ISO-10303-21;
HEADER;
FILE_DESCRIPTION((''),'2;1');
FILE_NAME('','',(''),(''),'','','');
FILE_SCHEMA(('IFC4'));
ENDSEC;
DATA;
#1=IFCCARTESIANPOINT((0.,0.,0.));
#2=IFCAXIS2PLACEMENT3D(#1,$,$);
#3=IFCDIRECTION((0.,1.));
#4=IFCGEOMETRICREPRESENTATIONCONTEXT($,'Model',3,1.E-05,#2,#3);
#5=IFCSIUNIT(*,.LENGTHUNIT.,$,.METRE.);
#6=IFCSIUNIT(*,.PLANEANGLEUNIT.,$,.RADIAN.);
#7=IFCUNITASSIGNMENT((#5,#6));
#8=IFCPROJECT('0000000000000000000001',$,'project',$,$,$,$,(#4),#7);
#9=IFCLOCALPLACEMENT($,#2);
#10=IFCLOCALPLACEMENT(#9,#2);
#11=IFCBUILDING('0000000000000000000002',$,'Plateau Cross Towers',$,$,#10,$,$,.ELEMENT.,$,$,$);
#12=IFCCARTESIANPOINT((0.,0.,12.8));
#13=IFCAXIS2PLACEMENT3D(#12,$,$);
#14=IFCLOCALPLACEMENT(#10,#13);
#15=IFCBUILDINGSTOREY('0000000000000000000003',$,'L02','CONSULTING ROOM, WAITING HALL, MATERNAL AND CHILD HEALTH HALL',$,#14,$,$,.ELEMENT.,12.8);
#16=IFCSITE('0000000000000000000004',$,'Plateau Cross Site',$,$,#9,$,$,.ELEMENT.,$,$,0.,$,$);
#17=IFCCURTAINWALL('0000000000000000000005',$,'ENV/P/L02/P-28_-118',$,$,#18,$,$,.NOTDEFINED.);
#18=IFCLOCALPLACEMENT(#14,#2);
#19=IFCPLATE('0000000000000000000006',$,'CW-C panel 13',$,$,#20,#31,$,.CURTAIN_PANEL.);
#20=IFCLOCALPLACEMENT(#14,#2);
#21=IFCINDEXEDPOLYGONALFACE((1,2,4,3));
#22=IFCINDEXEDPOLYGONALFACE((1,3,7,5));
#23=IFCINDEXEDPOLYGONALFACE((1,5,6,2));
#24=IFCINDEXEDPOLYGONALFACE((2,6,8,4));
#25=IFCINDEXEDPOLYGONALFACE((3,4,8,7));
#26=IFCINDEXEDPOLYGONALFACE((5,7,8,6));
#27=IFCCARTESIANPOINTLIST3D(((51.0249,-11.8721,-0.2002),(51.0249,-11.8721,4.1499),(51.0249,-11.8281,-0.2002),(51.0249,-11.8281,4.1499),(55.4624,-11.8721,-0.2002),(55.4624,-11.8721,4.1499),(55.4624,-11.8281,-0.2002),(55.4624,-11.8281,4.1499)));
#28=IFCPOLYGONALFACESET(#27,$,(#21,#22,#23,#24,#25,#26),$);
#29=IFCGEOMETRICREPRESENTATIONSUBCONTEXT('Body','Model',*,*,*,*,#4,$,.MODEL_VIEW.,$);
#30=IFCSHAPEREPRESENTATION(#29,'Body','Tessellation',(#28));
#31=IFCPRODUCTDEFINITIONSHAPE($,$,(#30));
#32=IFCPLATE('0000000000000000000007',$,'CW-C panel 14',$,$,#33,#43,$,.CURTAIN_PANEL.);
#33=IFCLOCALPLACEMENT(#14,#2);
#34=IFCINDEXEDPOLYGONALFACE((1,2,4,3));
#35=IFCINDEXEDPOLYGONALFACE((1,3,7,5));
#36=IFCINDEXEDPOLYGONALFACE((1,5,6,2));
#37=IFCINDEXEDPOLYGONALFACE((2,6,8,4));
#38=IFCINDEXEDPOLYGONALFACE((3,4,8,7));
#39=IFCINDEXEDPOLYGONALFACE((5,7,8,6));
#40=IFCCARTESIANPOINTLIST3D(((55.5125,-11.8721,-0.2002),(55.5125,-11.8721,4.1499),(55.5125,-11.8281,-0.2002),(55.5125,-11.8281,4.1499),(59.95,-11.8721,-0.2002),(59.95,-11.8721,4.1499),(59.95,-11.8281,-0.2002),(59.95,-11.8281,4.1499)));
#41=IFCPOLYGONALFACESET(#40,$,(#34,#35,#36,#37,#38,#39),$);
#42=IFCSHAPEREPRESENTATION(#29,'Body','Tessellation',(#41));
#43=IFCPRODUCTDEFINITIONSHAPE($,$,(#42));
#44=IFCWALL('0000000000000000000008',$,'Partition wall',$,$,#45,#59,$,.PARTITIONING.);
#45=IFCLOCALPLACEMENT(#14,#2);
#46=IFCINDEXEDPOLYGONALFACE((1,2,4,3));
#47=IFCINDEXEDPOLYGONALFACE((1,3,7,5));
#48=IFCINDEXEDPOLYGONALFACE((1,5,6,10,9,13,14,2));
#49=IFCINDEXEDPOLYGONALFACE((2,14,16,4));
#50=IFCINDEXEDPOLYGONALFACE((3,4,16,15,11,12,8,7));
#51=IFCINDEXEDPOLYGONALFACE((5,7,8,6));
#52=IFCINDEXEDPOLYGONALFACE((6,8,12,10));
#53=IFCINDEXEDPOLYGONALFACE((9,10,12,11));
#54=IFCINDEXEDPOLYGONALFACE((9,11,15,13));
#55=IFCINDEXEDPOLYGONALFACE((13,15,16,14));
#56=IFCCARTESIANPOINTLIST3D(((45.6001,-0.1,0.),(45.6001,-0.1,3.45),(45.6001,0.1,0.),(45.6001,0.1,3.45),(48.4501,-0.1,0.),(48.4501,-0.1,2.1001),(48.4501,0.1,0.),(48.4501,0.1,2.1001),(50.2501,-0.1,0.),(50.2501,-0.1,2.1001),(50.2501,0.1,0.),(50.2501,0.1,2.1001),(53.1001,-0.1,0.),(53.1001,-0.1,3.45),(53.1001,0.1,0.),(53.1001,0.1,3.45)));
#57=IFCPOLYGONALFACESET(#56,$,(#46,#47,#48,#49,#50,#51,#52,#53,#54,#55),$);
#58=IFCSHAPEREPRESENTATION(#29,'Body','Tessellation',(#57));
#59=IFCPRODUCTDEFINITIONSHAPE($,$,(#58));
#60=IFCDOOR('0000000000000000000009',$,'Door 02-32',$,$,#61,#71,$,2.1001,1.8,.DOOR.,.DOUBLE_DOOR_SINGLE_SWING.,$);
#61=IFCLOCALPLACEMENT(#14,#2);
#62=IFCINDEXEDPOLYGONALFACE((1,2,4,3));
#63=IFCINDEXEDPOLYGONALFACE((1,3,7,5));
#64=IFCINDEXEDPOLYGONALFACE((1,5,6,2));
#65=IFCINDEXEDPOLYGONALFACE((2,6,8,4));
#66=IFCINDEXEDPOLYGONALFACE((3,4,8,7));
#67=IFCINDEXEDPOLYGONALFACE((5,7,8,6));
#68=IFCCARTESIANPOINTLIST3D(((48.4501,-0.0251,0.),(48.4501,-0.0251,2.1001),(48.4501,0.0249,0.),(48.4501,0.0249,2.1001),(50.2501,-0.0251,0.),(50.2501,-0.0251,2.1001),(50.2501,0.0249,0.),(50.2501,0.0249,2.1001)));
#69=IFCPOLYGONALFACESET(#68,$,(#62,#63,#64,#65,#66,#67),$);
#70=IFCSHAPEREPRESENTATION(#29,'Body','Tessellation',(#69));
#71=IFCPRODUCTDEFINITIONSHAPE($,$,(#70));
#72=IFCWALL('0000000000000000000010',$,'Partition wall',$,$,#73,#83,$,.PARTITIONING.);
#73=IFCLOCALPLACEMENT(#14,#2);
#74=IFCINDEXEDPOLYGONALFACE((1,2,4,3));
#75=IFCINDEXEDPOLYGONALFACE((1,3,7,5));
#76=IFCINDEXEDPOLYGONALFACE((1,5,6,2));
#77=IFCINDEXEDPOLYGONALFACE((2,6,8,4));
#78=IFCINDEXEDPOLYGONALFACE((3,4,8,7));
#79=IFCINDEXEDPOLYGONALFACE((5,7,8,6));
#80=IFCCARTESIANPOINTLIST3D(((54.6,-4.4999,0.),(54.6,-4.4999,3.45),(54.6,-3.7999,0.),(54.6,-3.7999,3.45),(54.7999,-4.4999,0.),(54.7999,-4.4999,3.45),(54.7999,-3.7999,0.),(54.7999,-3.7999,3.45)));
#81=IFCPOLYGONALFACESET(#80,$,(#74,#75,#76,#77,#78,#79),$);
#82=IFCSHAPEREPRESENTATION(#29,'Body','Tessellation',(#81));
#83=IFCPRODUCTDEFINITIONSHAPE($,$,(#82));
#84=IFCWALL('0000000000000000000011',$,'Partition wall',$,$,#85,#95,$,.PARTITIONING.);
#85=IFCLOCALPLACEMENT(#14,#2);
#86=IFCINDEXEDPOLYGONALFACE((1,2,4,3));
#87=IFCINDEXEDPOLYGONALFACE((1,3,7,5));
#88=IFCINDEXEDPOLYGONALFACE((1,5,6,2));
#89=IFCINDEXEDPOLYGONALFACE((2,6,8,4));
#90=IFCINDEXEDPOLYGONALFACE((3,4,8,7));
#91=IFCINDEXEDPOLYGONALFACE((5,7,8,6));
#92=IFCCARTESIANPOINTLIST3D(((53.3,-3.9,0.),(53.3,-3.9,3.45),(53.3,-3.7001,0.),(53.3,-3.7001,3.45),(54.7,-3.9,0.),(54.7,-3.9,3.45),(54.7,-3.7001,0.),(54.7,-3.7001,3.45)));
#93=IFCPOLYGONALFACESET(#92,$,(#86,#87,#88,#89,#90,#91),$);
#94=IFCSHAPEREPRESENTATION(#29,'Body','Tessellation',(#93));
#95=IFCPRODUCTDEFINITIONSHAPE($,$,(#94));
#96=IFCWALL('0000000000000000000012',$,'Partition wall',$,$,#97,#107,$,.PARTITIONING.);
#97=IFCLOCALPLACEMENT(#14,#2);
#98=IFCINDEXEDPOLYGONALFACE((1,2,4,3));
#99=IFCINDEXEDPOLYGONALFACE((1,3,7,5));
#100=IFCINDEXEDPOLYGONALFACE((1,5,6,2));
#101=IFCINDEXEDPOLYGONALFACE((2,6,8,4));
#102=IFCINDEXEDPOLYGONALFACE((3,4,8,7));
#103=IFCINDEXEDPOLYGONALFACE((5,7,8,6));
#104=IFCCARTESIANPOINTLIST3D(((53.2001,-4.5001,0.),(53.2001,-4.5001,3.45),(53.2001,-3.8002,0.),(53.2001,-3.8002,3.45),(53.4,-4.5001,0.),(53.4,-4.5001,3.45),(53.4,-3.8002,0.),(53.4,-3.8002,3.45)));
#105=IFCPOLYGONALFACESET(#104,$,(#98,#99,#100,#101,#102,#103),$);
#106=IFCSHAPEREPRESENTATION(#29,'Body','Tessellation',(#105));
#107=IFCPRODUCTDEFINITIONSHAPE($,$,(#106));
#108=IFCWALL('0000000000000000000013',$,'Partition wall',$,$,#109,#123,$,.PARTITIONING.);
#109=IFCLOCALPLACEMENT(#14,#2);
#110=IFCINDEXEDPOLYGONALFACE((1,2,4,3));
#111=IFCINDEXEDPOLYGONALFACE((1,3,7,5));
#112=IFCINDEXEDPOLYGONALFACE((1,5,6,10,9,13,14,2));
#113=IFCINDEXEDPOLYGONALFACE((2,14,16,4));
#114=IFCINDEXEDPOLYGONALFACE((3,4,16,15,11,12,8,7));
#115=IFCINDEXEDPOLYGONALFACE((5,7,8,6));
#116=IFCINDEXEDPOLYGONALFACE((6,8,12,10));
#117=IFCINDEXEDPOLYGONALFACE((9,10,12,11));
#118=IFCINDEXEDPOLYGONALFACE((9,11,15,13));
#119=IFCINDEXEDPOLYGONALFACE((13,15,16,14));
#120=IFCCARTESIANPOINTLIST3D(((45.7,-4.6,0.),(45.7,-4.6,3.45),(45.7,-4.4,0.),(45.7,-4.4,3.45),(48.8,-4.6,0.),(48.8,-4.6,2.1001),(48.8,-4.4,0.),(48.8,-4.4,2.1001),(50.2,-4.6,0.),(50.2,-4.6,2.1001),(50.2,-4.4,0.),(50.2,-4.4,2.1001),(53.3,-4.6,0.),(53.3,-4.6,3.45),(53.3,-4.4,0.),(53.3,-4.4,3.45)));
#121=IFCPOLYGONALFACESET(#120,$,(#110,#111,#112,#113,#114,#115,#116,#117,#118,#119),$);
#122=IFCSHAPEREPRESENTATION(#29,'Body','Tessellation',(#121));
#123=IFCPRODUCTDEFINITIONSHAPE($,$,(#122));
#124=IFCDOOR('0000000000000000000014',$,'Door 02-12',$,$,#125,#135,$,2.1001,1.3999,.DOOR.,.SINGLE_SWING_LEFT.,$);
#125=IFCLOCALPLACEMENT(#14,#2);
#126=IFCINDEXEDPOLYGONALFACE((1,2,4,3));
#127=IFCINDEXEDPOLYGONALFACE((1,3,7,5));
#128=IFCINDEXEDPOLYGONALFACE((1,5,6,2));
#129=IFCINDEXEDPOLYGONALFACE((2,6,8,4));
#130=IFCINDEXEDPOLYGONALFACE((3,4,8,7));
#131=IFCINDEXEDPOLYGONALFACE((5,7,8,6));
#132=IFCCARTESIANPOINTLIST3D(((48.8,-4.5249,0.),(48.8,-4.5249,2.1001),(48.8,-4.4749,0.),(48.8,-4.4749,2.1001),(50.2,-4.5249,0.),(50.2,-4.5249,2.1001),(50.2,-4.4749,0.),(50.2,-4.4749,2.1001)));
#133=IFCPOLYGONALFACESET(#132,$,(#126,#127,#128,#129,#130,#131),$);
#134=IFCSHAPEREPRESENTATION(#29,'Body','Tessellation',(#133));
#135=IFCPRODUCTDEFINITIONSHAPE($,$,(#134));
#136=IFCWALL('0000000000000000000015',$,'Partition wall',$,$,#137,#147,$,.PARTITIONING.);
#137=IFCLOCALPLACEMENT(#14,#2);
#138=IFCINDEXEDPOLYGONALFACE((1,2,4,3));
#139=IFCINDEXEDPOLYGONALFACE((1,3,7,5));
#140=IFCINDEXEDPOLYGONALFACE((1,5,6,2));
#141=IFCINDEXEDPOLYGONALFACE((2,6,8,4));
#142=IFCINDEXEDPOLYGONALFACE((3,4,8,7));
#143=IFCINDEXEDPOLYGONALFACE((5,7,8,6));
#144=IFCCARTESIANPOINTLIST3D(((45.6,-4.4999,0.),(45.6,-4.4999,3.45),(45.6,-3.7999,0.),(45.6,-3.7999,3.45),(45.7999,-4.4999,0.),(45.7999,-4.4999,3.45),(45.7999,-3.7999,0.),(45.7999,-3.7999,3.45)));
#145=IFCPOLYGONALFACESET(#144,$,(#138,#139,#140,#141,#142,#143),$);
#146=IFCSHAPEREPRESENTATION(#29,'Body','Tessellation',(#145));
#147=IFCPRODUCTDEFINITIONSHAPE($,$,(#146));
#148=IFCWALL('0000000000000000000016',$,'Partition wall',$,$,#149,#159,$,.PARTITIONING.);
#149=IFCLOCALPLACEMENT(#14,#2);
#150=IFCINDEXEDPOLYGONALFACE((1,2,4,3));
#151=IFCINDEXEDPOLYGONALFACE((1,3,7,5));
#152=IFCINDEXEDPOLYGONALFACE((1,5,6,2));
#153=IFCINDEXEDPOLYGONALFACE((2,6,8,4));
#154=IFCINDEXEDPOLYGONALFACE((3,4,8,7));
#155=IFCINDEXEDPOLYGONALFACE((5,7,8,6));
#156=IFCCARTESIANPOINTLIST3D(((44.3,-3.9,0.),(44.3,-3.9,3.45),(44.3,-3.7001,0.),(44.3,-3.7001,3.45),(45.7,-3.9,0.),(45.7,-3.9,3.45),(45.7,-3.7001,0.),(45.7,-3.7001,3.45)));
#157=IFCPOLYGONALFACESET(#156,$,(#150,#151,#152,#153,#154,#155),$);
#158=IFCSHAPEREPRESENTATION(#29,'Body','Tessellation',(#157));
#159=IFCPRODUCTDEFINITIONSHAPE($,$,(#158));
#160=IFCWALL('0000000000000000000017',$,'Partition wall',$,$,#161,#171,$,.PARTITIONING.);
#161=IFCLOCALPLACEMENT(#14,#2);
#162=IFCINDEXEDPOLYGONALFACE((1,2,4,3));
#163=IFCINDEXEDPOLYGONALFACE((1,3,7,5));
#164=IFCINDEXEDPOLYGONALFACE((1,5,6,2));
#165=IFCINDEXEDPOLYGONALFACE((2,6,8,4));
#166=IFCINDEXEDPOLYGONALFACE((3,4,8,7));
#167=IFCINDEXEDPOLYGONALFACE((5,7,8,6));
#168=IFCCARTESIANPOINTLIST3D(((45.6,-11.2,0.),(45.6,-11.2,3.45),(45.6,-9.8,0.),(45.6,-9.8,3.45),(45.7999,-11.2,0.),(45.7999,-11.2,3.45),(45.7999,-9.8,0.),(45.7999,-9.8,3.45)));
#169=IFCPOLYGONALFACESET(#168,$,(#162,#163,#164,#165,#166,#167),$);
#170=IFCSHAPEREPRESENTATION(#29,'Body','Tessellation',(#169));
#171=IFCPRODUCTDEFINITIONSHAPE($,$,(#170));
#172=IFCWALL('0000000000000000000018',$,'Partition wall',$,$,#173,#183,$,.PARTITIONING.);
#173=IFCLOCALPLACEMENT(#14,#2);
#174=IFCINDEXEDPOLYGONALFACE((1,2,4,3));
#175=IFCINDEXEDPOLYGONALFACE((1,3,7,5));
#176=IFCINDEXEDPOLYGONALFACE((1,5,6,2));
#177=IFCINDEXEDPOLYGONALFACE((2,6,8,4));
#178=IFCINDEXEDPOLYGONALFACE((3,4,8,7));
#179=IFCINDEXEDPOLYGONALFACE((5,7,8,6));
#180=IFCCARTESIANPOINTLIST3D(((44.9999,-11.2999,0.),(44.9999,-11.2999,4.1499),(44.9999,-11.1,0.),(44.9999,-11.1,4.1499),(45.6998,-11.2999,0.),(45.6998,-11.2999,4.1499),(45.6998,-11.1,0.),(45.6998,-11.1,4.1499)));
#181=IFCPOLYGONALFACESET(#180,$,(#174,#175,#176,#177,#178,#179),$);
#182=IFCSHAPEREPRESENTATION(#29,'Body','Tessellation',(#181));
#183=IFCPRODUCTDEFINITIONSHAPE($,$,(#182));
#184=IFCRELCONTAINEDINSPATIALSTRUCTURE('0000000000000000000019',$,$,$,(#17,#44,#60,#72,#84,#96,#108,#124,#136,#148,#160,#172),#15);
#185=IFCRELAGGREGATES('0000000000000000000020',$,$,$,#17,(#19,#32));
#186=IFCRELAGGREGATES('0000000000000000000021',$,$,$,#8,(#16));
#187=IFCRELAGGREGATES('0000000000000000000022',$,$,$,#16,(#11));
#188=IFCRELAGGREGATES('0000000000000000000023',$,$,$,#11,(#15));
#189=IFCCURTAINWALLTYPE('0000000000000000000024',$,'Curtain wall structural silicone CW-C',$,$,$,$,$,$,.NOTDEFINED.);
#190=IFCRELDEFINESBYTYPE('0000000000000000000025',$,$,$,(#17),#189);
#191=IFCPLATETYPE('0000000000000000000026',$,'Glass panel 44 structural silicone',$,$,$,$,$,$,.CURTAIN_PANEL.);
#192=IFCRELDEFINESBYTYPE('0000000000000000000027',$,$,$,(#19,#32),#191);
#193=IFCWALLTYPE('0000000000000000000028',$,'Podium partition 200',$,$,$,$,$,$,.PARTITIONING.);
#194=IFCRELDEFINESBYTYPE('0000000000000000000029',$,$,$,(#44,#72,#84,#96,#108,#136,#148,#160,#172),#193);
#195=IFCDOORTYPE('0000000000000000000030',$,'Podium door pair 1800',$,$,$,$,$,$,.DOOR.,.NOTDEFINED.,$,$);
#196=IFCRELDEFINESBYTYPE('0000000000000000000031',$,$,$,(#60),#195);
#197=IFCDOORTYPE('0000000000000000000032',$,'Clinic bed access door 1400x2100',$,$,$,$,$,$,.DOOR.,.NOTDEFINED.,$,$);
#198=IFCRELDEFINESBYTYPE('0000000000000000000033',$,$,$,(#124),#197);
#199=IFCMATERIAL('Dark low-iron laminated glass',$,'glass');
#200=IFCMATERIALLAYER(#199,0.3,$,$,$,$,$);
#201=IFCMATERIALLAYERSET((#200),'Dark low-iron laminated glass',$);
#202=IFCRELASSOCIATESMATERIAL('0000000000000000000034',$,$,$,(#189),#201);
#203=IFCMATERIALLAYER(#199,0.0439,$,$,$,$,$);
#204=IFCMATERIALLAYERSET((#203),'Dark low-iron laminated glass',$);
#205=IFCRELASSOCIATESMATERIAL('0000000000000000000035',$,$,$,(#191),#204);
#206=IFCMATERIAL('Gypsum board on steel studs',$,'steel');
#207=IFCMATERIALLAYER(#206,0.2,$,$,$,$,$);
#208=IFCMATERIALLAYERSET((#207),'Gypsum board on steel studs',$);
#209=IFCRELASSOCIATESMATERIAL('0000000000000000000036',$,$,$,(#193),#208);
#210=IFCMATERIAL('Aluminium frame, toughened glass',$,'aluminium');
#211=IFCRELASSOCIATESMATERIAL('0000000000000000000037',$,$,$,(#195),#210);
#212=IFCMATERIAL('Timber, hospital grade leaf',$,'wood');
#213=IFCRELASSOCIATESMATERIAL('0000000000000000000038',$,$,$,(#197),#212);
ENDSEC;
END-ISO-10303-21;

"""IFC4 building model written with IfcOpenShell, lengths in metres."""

from ifc_helpers import new_model, si_unit, direction, frame, frame_2d, origin, origin_2d, place, context, subcontext, project, spatial, rectangle, extrude, material, layer, layer_set, type_object, element, fill, aggregate, save


model = new_model("IFC4")

# Units and contexts
model_context = context("Model", 3, precision=1e-05, world=origin(), true_north=direction((0.0, 1.0)))
body_context = subcontext(model_context, "Body", "Model", "MODEL_VIEW")
ifc_project = project(units=[si_unit("LENGTHUNIT", "METRE"), si_unit("PLANEANGLEUNIT", "RADIAN")], contexts=[model_context])

# Site, building, storey
site_placement = place(None, origin())
site = spatial("IfcSite", under=ifc_project, at=site_placement, Name="Plateau Cross Site", CompositionType="ELEMENT", RefElevation=0.0)
building_placement = place(site_placement, origin())
building = spatial("IfcBuilding", under=site, at=building_placement, Name="Plateau Cross Towers", CompositionType="ELEMENT")
storey_placement = place(building_placement, frame((0.0, 0.0, 12.8)))
storey = spatial("IfcBuildingStorey", under=building, at=storey_placement, Name="L02", Description="CONSULTING ROOM, WAITING HALL, MATERNAL AND CHILD HEALTH HALL", CompositionType="ELEMENT", Elevation=12.8)

# Curtain wall
ifc_material_1 = material(Name="Dark low-iron laminated glass", Category="glass")
ifc_layer_1 = layer(ifc_material_1, 0.3)
ifc_layer_set_1 = layer_set([ifc_layer_1], Name="Dark low-iron laminated glass")
curtain_wall_type = type_object("IfcCurtainWallType", Name="Curtain wall structural silicone CW-C", PredefinedType="NOTDEFINED", material=ifc_layer_set_1)
curtain_wall_placement = place(storey_placement, origin())
curtain_wall = element("IfcCurtainWall", 1, at=curtain_wall_placement, inside=storey, type_object=curtain_wall_type, Name="ENV/P/L02/P-28_-118", PredefinedType="NOTDEFINED")

# Plates
ifc_layer_2 = layer(ifc_material_1, 0.0439)
ifc_layer_set_2 = layer_set([ifc_layer_2], Name="Dark low-iron laminated glass")
plate_type = type_object("IfcPlateType", Name="Glass panel 44 structural silicone", PredefinedType="CURTAIN_PANEL", material=ifc_layer_set_2)
plate_1_placement = place(storey_placement, frame((53.2437, -11.8501, -0.2002), z_axis=(0.0, 0.0, 1.0), x_axis=(1.0, 0.0, 0.0)))
plate_1 = element("IfcPlate", 2, at=plate_1_placement, type_object=plate_type, Name="CW-C panel 13", PredefinedType="CURTAIN_PANEL", context=body_context, shape_type="SweptSolid", body=[
    extrude(rectangle(XDim=4.4375, YDim=0.0439, at=origin_2d()), origin(), (0.0, 0.0, 1.0), 4.3501),
])
plate_2_placement = place(storey_placement, frame((57.7312, -11.8501, -0.2002), z_axis=(0.0, 0.0, 1.0), x_axis=(1.0, 0.0, 0.0)))
plate_2 = element("IfcPlate", 3, at=plate_2_placement, type_object=plate_type, Name="CW-C panel 14", PredefinedType="CURTAIN_PANEL", context=body_context, shape_type="SweptSolid", body=[
    extrude(rectangle(XDim=4.4375, YDim=0.0439, at=origin_2d()), origin(), (0.0, 0.0, 1.0), 4.3501),
])
aggregate(curtain_wall, [plate_1, plate_2])

# Wall, opening, door
ifc_material_2 = material(Name="Gypsum board on steel studs", Category="steel")
ifc_layer_3 = layer(ifc_material_2, 0.2)
ifc_layer_set_3 = layer_set([ifc_layer_3], Name="Gypsum board on steel studs")
wall_type = type_object("IfcWallType", Name="Podium partition 200", PredefinedType="PARTITIONING", material=ifc_layer_set_3)
wall_1_placement = place(storey_placement, frame((45.6001, 0.0, 0.0), z_axis=(0.0, 0.0, 1.0), x_axis=(1.0, 0.0, 0.0)))
wall_1 = element("IfcWall", 4, at=wall_1_placement, inside=storey, type_object=wall_type, Name="Partition wall", PredefinedType="PARTITIONING", context=body_context, shape_type="SweptSolid", body=[
    extrude(rectangle(XDim=7.5, YDim=0.2, at=frame_2d((3.75, 0.0))), origin(), (0.0, 0.0, 1.0), 3.45),
])
opening_1_placement = place(wall_1_placement, frame((2.8501, 0.0, 0.0)))
opening_1 = element("IfcOpeningElement", 5, at=opening_1_placement, cuts=wall_1, PredefinedType="OPENING", context=body_context, shape_type="SweptSolid", body=[
    extrude(rectangle(XDim=1.8, YDim=2.1001, at=frame_2d((0.8999, 1.05))), frame((0.0, 0.1099, 0.0), z_axis=(0.0, -1.0, 0.0), x_axis=(1.0, 0.0, 0.0)), (0.0, 0.0, 1.0), 0.22),
])
ifc_material_3 = material(Name="Aluminium frame, toughened glass", Category="aluminium")
door_type_1 = type_object("IfcDoorType", Name="Podium door pair 1800", OperationType="NOTDEFINED", PredefinedType="DOOR", material=ifc_material_3)
door_1_placement = place(opening_1_placement, origin())
door_1 = element("IfcDoor", 6, at=door_1_placement, inside=storey, type_object=door_type_1, Name="Door 02-32", OperationType="DOUBLE_DOOR_SINGLE_SWING", OverallHeight=2.1001, OverallWidth=1.8, PredefinedType="DOOR", context=body_context, shape_type="SweptSolid", body=[
    extrude(rectangle(XDim=1.8, YDim=2.1001, at=frame_2d((0.8999, 1.05))), frame((0.0, 0.0249, 0.0), z_axis=(0.0, -1.0, 0.0), x_axis=(1.0, 0.0, 0.0)), (0.0, 0.0, 1.0), 0.05),
])
fill(opening_1, door_1)

# Walls
wall_2_placement = place(storey_placement, frame((54.7, -4.5, 0.0), z_axis=(0.0, 0.0, 1.0), x_axis=(0.0, 1.0, 0.0)))
element("IfcWall", 7, at=wall_2_placement, inside=storey, type_object=wall_type, Name="Partition wall", PredefinedType="PARTITIONING", context=body_context, shape_type="SweptSolid", body=[
    extrude(rectangle(XDim=0.7, YDim=0.2, at=frame_2d((0.3501, 0.0))), origin(), (0.0, 0.0, 1.0), 3.45),
])
wall_3_placement = place(storey_placement, frame((54.7, -3.8, 0.0), z_axis=(0.0, 0.0, 1.0), x_axis=(-1.0, 0.0, 0.0)))
element("IfcWall", 8, at=wall_3_placement, inside=storey, type_object=wall_type, Name="Partition wall", PredefinedType="PARTITIONING", context=body_context, shape_type="SweptSolid", body=[
    extrude(rectangle(XDim=1.3999, YDim=0.2, at=frame_2d((0.7, 0.0))), origin(), (0.0, 0.0, 1.0), 3.45),
])
wall_4_placement = place(storey_placement, frame((53.3, -3.8, 0.0), z_axis=(0.0, 0.0, 1.0), x_axis=(0.0, -1.0, 0.0)))
element("IfcWall", 9, at=wall_4_placement, inside=storey, type_object=wall_type, Name="Partition wall", PredefinedType="PARTITIONING", context=body_context, shape_type="SweptSolid", body=[
    extrude(rectangle(XDim=0.7, YDim=0.2, at=frame_2d((0.3501, 0.0))), origin(), (0.0, 0.0, 1.0), 3.45),
])

# Wall, opening, door
wall_5_placement = place(storey_placement, frame((53.3, -4.5, 0.0), z_axis=(0.0, 0.0, 1.0), x_axis=(-1.0, 0.0, 0.0)))
wall_5 = element("IfcWall", 10, at=wall_5_placement, inside=storey, type_object=wall_type, Name="Partition wall", PredefinedType="PARTITIONING", context=body_context, shape_type="SweptSolid", body=[
    extrude(rectangle(XDim=7.6001, YDim=0.2, at=frame_2d((3.8, 0.0))), origin(), (0.0, 0.0, 1.0), 3.45),
])
opening_2_placement = place(wall_5_placement, frame((3.1001, 0.0, 0.0)))
opening_2 = element("IfcOpeningElement", 11, at=opening_2_placement, cuts=wall_5, PredefinedType="OPENING", context=body_context, shape_type="SweptSolid", body=[
    extrude(rectangle(XDim=1.3999, YDim=2.1001, at=frame_2d((0.7, 1.05))), frame((0.0, 0.1099, 0.0), z_axis=(0.0, -1.0, 0.0), x_axis=(1.0, 0.0, 0.0)), (0.0, 0.0, 1.0), 0.22),
])
ifc_material_4 = material(Name="Timber, hospital grade leaf", Category="wood")
door_type_2 = type_object("IfcDoorType", Name="Clinic bed access door 1400x2100", OperationType="NOTDEFINED", PredefinedType="DOOR", material=ifc_material_4)
door_2_placement = place(opening_2_placement, origin())
door_2 = element("IfcDoor", 12, at=door_2_placement, inside=storey, type_object=door_type_2, Name="Door 02-12", OperationType="SINGLE_SWING_LEFT", OverallHeight=2.1001, OverallWidth=1.3999, PredefinedType="DOOR", context=body_context, shape_type="SweptSolid", body=[
    extrude(rectangle(XDim=1.3999, YDim=2.1001, at=frame_2d((0.7, 1.05))), frame((0.0, 0.0249, 0.0), z_axis=(0.0, -1.0, 0.0), x_axis=(1.0, 0.0, 0.0)), (0.0, 0.0, 1.0), 0.05),
])
fill(opening_2, door_2)

# Walls
wall_6_placement = place(storey_placement, frame((45.7, -4.5, 0.0), z_axis=(0.0, 0.0, 1.0), x_axis=(0.0, 1.0, 0.0)))
element("IfcWall", 13, at=wall_6_placement, inside=storey, type_object=wall_type, Name="Partition wall", PredefinedType="PARTITIONING", context=body_context, shape_type="SweptSolid", body=[
    extrude(rectangle(XDim=0.7, YDim=0.2, at=frame_2d((0.3501, 0.0))), origin(), (0.0, 0.0, 1.0), 3.45),
])
for number, where, z_axis, x_axis, name in (
    (14, (45.7, -3.8, 0.0), (0.0, 0.0, 1.0), (-1.0, 0.0, 0.0), "Partition wall"),
    (15, (45.7, -9.8, 0.0), (0.0, 0.0, 1.0), (0.0, -1.0, 0.0), "Partition wall"),
):
    element("IfcWall", number, at=place(storey_placement, frame(where, z_axis=z_axis, x_axis=x_axis)), inside=storey, type_object=wall_type, Name=name, PredefinedType="PARTITIONING", context=body_context, shape_type="SweptSolid", body=[
        extrude(rectangle(XDim=1.3999, YDim=0.2, at=frame_2d((0.7, 0.0))), origin(), (0.0, 0.0, 1.0), 3.45),
    ])
wall_7_placement = place(storey_placement, frame((45.7, -11.2, 0.0), z_axis=(0.0, 0.0, 1.0), x_axis=(-1.0, 0.0, 0.0)))
element("IfcWall", 16, at=wall_7_placement, inside=storey, type_object=wall_type, Name="Partition wall", PredefinedType="PARTITIONING", context=body_context, shape_type="SweptSolid", body=[
    extrude(rectangle(XDim=0.7, YDim=0.2, at=frame_2d((0.3501, 0.0))), origin(), (0.0, 0.0, 1.0), 4.1499),
])

save(model, "model.ifc")
